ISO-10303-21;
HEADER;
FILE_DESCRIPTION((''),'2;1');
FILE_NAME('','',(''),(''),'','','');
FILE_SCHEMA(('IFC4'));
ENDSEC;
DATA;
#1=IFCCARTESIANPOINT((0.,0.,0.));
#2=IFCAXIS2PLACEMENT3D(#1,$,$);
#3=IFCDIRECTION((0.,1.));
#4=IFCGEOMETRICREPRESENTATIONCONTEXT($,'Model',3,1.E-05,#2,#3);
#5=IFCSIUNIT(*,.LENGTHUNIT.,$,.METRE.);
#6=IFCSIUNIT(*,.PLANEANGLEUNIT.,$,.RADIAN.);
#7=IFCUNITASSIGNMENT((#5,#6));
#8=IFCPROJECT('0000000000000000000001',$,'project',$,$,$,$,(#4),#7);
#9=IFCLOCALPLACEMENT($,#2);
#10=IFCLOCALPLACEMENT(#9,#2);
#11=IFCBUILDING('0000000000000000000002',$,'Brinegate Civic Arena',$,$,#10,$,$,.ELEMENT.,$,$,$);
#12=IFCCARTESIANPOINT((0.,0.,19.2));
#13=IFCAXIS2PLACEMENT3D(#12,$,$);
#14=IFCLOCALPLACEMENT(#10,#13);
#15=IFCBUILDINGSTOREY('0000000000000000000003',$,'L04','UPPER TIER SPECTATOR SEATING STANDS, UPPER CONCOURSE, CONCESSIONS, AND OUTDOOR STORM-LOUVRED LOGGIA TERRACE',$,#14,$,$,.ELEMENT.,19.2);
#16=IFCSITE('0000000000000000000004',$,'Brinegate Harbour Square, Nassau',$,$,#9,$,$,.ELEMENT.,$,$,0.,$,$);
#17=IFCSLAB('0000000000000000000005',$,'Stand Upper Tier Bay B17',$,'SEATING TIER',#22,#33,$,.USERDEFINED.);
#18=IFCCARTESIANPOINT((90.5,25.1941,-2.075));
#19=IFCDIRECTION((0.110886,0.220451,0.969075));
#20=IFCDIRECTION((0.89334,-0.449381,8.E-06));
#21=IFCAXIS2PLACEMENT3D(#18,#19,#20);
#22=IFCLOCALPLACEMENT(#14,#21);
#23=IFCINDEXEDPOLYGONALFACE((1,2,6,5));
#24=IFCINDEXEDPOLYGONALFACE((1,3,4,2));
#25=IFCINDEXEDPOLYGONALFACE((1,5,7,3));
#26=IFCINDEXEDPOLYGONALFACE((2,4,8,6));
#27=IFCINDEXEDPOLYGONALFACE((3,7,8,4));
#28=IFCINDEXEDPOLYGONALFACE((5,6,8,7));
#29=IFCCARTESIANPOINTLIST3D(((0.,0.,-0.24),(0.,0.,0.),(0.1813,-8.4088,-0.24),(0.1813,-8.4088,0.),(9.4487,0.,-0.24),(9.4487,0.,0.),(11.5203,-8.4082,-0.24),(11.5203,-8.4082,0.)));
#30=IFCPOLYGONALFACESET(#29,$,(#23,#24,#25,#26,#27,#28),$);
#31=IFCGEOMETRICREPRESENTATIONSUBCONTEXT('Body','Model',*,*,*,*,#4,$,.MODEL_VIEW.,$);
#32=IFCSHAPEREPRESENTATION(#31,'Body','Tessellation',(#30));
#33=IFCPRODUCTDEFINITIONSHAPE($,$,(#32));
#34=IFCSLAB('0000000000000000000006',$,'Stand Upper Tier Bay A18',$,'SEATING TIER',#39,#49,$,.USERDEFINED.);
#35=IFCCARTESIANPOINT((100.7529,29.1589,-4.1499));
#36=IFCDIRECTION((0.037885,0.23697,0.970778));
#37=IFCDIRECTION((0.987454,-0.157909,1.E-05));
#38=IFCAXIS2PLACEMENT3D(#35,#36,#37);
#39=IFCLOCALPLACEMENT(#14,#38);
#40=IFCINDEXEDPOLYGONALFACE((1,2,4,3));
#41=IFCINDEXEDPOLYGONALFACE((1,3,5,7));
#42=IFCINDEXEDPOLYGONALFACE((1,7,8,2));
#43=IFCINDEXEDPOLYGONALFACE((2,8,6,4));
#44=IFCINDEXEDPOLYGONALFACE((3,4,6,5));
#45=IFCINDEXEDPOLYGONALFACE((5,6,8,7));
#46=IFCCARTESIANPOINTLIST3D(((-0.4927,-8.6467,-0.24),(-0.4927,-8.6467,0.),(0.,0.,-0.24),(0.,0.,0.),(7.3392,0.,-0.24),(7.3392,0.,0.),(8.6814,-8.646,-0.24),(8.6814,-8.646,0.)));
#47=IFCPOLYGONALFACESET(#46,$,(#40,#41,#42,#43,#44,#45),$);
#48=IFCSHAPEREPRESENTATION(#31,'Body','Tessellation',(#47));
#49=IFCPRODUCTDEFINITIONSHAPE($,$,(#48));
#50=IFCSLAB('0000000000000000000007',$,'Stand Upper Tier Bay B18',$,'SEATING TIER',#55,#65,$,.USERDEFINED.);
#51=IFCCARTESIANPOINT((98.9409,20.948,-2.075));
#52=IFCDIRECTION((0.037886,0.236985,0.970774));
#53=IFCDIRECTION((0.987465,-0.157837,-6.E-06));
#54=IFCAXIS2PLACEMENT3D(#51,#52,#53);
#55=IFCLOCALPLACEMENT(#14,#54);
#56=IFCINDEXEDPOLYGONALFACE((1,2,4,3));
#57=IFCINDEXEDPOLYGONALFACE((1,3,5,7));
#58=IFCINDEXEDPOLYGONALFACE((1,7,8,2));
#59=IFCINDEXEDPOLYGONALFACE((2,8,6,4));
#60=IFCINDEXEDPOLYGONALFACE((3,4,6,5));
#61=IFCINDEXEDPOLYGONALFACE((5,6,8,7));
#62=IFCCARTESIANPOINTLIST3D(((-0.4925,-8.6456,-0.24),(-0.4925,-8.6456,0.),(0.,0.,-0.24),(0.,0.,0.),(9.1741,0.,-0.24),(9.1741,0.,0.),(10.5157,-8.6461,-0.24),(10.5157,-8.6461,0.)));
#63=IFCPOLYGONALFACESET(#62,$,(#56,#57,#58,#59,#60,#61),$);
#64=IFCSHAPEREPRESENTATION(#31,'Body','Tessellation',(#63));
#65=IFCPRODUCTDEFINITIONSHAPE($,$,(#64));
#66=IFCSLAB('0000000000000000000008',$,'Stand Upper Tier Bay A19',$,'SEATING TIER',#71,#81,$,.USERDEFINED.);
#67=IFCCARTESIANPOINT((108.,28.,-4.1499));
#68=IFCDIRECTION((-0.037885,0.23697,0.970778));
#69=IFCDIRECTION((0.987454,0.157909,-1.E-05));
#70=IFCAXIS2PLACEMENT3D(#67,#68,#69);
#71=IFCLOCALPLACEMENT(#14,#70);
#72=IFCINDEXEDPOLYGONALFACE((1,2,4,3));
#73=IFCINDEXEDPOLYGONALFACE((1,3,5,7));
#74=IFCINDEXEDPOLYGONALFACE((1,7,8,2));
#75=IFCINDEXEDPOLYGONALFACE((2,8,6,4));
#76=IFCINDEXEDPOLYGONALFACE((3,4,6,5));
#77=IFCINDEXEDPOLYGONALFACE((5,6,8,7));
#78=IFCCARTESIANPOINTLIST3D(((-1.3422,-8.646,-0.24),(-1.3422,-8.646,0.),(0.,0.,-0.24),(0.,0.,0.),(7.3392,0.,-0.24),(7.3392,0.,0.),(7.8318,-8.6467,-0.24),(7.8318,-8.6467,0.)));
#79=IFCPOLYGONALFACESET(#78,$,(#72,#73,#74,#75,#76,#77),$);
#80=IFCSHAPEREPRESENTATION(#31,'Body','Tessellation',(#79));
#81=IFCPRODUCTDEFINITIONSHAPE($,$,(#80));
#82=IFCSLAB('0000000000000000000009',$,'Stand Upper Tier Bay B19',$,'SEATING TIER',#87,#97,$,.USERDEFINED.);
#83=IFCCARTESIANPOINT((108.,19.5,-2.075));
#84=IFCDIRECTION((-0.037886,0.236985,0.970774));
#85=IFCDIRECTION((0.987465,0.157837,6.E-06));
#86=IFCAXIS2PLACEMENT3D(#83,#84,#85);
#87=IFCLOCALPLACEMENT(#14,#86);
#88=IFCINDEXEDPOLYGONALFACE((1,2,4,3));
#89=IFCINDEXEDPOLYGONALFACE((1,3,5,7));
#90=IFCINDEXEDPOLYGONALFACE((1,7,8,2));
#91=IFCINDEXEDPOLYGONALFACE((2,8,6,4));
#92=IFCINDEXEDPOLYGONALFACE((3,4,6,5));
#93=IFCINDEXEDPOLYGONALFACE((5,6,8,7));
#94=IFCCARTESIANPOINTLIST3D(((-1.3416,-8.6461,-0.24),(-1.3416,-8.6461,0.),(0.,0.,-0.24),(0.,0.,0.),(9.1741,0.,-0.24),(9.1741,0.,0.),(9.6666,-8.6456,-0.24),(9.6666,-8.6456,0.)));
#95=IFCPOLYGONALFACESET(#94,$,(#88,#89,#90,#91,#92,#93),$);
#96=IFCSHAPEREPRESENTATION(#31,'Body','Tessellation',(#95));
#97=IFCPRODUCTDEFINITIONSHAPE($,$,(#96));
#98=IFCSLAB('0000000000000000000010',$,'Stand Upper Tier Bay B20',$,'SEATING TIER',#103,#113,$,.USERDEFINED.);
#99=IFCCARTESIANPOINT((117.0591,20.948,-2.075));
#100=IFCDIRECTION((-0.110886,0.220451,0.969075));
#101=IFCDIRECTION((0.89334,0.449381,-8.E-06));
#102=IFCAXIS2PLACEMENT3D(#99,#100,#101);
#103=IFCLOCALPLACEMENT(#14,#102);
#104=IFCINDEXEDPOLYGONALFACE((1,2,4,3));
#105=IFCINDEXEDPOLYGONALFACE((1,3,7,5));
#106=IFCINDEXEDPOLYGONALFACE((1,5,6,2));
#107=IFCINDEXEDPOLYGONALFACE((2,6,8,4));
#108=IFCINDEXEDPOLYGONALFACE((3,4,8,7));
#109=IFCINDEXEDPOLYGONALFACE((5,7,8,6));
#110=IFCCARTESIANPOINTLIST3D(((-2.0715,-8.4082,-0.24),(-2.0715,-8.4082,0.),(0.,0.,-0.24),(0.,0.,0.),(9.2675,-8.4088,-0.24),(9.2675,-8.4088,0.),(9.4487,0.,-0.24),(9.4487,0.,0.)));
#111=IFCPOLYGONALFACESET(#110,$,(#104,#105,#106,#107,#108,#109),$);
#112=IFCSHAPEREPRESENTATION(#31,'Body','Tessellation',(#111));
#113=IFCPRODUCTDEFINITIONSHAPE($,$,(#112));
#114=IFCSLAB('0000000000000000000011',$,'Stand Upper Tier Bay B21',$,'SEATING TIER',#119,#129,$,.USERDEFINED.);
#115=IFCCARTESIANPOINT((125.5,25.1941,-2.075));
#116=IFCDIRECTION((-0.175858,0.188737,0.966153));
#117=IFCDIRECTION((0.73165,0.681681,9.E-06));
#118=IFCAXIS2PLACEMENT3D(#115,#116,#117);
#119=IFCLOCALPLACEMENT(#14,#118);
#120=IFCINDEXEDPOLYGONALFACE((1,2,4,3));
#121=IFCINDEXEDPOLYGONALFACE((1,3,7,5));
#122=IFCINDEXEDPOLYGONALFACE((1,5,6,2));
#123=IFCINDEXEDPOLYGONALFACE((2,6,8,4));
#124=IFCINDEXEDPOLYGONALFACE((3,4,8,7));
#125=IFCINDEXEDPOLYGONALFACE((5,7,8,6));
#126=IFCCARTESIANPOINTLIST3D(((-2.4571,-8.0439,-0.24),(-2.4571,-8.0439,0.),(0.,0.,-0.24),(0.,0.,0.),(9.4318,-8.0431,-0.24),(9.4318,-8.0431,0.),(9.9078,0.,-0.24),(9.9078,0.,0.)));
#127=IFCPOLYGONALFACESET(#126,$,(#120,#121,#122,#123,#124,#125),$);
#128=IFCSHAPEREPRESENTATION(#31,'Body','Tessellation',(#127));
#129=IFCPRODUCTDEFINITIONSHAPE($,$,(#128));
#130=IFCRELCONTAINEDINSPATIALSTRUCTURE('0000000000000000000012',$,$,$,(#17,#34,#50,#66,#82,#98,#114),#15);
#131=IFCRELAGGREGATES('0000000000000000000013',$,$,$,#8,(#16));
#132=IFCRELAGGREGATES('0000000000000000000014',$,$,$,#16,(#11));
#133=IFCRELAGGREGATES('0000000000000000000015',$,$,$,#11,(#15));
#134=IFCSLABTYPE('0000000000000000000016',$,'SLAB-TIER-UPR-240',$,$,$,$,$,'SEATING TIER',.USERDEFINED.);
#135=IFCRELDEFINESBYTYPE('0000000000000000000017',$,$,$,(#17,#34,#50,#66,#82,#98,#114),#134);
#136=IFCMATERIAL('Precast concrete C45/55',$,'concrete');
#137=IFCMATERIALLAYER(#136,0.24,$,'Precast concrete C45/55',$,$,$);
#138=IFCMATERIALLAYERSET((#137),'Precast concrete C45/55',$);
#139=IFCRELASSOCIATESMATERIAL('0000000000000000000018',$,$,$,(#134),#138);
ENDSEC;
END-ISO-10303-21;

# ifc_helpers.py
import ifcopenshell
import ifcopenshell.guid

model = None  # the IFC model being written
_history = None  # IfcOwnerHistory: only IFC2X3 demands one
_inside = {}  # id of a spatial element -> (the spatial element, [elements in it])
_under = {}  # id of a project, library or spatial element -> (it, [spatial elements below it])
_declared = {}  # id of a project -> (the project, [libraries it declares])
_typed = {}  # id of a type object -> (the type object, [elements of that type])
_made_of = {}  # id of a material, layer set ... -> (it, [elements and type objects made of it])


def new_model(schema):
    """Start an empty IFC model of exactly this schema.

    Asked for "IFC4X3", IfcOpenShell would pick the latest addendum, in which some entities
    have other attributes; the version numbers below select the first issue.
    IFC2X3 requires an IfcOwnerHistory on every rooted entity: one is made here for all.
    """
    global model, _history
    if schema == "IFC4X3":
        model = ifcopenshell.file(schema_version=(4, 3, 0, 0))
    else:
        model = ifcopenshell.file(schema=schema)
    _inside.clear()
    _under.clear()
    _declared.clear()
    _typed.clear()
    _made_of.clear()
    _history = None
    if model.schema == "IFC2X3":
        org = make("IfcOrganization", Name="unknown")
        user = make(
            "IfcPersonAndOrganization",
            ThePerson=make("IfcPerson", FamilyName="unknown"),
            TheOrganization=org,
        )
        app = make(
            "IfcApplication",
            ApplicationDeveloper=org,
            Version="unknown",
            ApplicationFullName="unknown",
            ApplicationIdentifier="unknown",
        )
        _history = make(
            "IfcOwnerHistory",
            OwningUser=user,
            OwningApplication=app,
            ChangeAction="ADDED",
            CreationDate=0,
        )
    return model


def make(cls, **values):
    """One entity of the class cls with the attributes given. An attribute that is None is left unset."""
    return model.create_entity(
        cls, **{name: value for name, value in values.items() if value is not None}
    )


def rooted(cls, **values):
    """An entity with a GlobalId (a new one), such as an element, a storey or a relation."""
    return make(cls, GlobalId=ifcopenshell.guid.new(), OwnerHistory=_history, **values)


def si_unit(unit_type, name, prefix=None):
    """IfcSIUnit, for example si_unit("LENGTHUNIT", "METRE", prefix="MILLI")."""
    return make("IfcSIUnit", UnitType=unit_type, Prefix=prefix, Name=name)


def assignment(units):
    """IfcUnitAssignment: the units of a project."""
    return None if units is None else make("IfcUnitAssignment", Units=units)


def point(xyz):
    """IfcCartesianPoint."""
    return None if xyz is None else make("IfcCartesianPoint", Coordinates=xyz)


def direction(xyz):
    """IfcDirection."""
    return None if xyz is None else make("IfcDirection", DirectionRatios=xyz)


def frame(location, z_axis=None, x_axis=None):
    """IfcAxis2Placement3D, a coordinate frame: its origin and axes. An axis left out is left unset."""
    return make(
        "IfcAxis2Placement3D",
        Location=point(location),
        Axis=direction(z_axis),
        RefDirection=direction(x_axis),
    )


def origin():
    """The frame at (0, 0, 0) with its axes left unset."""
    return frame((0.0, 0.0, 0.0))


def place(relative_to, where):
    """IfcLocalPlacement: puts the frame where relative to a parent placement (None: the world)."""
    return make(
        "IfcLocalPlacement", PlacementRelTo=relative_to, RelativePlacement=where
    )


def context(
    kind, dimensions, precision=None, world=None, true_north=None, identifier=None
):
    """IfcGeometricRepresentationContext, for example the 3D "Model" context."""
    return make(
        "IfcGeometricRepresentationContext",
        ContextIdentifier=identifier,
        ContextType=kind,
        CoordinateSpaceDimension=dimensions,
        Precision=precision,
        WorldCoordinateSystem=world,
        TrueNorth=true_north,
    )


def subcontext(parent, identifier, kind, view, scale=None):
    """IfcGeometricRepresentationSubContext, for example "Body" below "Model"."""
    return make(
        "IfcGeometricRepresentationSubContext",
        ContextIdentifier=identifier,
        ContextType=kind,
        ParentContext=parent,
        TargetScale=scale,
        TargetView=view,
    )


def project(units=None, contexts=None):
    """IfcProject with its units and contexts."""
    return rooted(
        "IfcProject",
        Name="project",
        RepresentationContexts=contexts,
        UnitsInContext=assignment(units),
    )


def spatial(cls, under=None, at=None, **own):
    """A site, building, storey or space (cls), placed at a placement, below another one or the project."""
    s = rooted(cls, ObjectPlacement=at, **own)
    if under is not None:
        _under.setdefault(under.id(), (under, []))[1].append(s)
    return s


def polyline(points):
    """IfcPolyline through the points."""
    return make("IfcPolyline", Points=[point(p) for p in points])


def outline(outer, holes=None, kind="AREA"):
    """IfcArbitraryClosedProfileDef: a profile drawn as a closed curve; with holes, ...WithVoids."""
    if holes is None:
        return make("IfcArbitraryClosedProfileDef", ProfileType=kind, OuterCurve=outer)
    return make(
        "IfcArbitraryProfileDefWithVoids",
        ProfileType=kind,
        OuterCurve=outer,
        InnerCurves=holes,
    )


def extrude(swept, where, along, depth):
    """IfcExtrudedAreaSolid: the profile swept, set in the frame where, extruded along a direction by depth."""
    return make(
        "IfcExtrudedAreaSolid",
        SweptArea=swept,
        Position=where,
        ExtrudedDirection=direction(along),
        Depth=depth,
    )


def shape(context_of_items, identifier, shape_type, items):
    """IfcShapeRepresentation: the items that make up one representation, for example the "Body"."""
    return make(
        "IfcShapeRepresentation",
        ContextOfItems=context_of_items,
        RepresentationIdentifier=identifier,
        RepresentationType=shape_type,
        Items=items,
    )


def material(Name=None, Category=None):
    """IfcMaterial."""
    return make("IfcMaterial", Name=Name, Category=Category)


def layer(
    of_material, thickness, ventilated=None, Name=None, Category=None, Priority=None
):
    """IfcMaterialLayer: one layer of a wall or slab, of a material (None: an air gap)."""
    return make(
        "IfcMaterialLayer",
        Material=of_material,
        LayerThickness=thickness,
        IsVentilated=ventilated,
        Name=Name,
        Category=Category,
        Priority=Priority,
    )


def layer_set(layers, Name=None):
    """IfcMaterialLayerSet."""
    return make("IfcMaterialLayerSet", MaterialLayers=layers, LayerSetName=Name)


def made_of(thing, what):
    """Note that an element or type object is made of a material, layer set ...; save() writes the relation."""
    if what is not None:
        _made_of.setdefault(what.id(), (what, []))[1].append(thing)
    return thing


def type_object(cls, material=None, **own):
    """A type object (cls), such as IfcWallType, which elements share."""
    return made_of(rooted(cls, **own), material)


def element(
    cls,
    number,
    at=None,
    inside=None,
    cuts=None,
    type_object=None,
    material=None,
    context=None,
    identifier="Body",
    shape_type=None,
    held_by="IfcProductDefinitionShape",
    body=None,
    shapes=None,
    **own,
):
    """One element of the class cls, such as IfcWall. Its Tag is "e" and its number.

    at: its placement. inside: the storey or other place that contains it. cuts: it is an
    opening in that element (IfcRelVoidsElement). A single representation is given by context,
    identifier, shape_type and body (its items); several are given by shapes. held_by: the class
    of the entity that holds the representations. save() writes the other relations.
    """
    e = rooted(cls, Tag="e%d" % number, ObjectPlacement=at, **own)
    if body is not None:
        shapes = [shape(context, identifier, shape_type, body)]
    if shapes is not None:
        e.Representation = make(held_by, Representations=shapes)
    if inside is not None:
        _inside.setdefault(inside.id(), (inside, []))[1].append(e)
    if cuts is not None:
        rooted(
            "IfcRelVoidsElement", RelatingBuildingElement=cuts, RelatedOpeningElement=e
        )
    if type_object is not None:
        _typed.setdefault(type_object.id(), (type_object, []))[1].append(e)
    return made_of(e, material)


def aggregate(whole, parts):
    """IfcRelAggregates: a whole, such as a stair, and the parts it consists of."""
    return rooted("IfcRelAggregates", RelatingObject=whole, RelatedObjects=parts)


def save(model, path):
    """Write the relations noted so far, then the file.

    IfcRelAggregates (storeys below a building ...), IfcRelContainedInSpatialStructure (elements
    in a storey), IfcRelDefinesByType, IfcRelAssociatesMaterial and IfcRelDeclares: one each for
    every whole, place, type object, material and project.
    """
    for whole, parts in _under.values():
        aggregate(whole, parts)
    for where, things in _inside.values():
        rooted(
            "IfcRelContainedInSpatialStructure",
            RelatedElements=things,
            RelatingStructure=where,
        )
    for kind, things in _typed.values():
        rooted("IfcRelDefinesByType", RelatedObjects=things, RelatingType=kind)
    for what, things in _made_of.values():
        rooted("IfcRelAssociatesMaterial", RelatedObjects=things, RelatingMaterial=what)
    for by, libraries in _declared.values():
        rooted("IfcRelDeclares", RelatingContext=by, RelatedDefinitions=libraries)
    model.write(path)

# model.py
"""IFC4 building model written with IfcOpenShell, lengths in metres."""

from ifc_helpers import new_model, si_unit, direction, frame, origin, place, context, subcontext, project, spatial, polyline, outline, extrude, material, layer, layer_set, type_object, element, save


model = new_model("IFC4")

# Units and contexts
model_context = context("Model", 3, precision=1e-05, world=origin(), true_north=direction((0.0, 1.0)))
body_context = subcontext(model_context, "Body", "Model", "MODEL_VIEW")
ifc_project = project(units=[si_unit("LENGTHUNIT", "METRE"), si_unit("PLANEANGLEUNIT", "RADIAN")], contexts=[model_context])

# Site, building, storey
site_placement = place(None, origin())
site = spatial("IfcSite", under=ifc_project, at=site_placement, Name="Brinegate Harbour Square, Nassau", CompositionType="ELEMENT", RefElevation=0.0)
building_placement = place(site_placement, origin())
building = spatial("IfcBuilding", under=site, at=building_placement, Name="Brinegate Civic Arena", CompositionType="ELEMENT")
storey_placement = place(building_placement, frame((0.0, 0.0, 19.2)))
storey = spatial("IfcBuildingStorey", under=building, at=storey_placement, Name="L04", Description="UPPER TIER SPECTATOR SEATING STANDS, UPPER CONCOURSE, CONCESSIONS, AND OUTDOOR STORM-LOUVRED LOGGIA TERRACE", CompositionType="ELEMENT", Elevation=19.2)

# Slabs
ifc_material_1 = material(Name="Precast concrete C45/55", Category="concrete")
ifc_layer = layer(ifc_material_1, 0.24, Name="Precast concrete C45/55")
ifc_layer_set = layer_set([ifc_layer], Name="Precast concrete C45/55")
slab_type = type_object("IfcSlabType", Name="SLAB-TIER-UPR-240", ElementType="SEATING TIER", PredefinedType="USERDEFINED", material=ifc_layer_set)
slab_1_placement = place(storey_placement, frame((90.5, 25.1941, -2.075), z_axis=(0.110886, 0.220451, 0.969075), x_axis=(0.89334, -0.449381, 0.000008)))
element("IfcSlab", 1, at=slab_1_placement, inside=storey, type_object=slab_type, Name="Stand Upper Tier Bay B17", ObjectType="SEATING TIER", PredefinedType="USERDEFINED", context=body_context, shape_type="SweptSolid", body=[
    extrude(outline(polyline([(0.0, 0.0), (9.4487, 0.0), (11.5203, -8.4082), (0.1813, -8.4088), (0.0, 0.0)])), origin(), (0.0, 0.0, -1.0), 0.24),
])
slab_2_placement = place(storey_placement, frame((100.7529, 29.1589, -4.1499), z_axis=(0.037885, 0.23697, 0.970778), x_axis=(0.987454, -0.157909, 0.00001)))
element("IfcSlab", 2, at=slab_2_placement, inside=storey, type_object=slab_type, Name="Stand Upper Tier Bay A18", ObjectType="SEATING TIER", PredefinedType="USERDEFINED", context=body_context, shape_type="SweptSolid", body=[
    extrude(outline(polyline([(0.0, 0.0), (7.3392, 0.0), (8.6814, -8.646), (-0.4927, -8.6467), (0.0, 0.0)])), origin(), (0.0, 0.0, -1.0), 0.24),
])
slab_3_placement = place(storey_placement, frame((98.9409, 20.948, -2.075), z_axis=(0.037886, 0.236985, 0.970774), x_axis=(0.987465, -0.157837, -0.000006)))
element("IfcSlab", 3, at=slab_3_placement, inside=storey, type_object=slab_type, Name="Stand Upper Tier Bay B18", ObjectType="SEATING TIER", PredefinedType="USERDEFINED", context=body_context, shape_type="SweptSolid", body=[
    extrude(outline(polyline([(0.0, 0.0), (9.1741, 0.0), (10.5157, -8.6461), (-0.4925, -8.6456), (0.0, 0.0)])), origin(), (0.0, 0.0, -1.0), 0.24),
])
slab_4_placement = place(storey_placement, frame((108.0, 28.0, -4.1499), z_axis=(-0.037885, 0.23697, 0.970778), x_axis=(0.987454, 0.157909, -0.00001)))
element("IfcSlab", 4, at=slab_4_placement, inside=storey, type_object=slab_type, Name="Stand Upper Tier Bay A19", ObjectType="SEATING TIER", PredefinedType="USERDEFINED", context=body_context, shape_type="SweptSolid", body=[
    extrude(outline(polyline([(0.0, 0.0), (7.3392, 0.0), (7.8318, -8.6467), (-1.3422, -8.646), (0.0, 0.0)])), origin(), (0.0, 0.0, -1.0), 0.24),
])
slab_5_placement = place(storey_placement, frame((108.0, 19.5, -2.075), z_axis=(-0.037886, 0.236985, 0.970774), x_axis=(0.987465, 0.157837, 0.000006)))
element("IfcSlab", 5, at=slab_5_placement, inside=storey, type_object=slab_type, Name="Stand Upper Tier Bay B19", ObjectType="SEATING TIER", PredefinedType="USERDEFINED", context=body_context, shape_type="SweptSolid", body=[
    extrude(outline(polyline([(0.0, 0.0), (9.1741, 0.0), (9.6666, -8.6456), (-1.3416, -8.6461), (0.0, 0.0)])), origin(), (0.0, 0.0, -1.0), 0.24),
])
slab_6_placement = place(storey_placement, frame((117.0591, 20.948, -2.075), z_axis=(-0.110886, 0.220451, 0.969075), x_axis=(0.89334, 0.449381, -0.000008)))
element("IfcSlab", 6, at=slab_6_placement, inside=storey, type_object=slab_type, Name="Stand Upper Tier Bay B20", ObjectType="SEATING TIER", PredefinedType="USERDEFINED", context=body_context, shape_type="SweptSolid", body=[
    extrude(outline(polyline([(0.0, 0.0), (9.4487, 0.0), (9.2675, -8.4088), (-2.0715, -8.4082), (0.0, 0.0)])), origin(), (0.0, 0.0, -1.0), 0.24),
])
slab_7_placement = place(storey_placement, frame((125.5, 25.1941, -2.075), z_axis=(-0.175858, 0.188737, 0.966153), x_axis=(0.73165, 0.681681, 0.000009)))
element("IfcSlab", 7, at=slab_7_placement, inside=storey, type_object=slab_type, Name="Stand Upper Tier Bay B21", ObjectType="SEATING TIER", PredefinedType="USERDEFINED", context=body_context, shape_type="SweptSolid", body=[
    extrude(outline(polyline([(0.0, 0.0), (9.9078, 0.0), (9.4318, -8.0431), (-2.4571, -8.0439), (0.0, 0.0)])), origin(), (0.0, 0.0, -1.0), 0.24),
])

save(model, "model.ifc")
